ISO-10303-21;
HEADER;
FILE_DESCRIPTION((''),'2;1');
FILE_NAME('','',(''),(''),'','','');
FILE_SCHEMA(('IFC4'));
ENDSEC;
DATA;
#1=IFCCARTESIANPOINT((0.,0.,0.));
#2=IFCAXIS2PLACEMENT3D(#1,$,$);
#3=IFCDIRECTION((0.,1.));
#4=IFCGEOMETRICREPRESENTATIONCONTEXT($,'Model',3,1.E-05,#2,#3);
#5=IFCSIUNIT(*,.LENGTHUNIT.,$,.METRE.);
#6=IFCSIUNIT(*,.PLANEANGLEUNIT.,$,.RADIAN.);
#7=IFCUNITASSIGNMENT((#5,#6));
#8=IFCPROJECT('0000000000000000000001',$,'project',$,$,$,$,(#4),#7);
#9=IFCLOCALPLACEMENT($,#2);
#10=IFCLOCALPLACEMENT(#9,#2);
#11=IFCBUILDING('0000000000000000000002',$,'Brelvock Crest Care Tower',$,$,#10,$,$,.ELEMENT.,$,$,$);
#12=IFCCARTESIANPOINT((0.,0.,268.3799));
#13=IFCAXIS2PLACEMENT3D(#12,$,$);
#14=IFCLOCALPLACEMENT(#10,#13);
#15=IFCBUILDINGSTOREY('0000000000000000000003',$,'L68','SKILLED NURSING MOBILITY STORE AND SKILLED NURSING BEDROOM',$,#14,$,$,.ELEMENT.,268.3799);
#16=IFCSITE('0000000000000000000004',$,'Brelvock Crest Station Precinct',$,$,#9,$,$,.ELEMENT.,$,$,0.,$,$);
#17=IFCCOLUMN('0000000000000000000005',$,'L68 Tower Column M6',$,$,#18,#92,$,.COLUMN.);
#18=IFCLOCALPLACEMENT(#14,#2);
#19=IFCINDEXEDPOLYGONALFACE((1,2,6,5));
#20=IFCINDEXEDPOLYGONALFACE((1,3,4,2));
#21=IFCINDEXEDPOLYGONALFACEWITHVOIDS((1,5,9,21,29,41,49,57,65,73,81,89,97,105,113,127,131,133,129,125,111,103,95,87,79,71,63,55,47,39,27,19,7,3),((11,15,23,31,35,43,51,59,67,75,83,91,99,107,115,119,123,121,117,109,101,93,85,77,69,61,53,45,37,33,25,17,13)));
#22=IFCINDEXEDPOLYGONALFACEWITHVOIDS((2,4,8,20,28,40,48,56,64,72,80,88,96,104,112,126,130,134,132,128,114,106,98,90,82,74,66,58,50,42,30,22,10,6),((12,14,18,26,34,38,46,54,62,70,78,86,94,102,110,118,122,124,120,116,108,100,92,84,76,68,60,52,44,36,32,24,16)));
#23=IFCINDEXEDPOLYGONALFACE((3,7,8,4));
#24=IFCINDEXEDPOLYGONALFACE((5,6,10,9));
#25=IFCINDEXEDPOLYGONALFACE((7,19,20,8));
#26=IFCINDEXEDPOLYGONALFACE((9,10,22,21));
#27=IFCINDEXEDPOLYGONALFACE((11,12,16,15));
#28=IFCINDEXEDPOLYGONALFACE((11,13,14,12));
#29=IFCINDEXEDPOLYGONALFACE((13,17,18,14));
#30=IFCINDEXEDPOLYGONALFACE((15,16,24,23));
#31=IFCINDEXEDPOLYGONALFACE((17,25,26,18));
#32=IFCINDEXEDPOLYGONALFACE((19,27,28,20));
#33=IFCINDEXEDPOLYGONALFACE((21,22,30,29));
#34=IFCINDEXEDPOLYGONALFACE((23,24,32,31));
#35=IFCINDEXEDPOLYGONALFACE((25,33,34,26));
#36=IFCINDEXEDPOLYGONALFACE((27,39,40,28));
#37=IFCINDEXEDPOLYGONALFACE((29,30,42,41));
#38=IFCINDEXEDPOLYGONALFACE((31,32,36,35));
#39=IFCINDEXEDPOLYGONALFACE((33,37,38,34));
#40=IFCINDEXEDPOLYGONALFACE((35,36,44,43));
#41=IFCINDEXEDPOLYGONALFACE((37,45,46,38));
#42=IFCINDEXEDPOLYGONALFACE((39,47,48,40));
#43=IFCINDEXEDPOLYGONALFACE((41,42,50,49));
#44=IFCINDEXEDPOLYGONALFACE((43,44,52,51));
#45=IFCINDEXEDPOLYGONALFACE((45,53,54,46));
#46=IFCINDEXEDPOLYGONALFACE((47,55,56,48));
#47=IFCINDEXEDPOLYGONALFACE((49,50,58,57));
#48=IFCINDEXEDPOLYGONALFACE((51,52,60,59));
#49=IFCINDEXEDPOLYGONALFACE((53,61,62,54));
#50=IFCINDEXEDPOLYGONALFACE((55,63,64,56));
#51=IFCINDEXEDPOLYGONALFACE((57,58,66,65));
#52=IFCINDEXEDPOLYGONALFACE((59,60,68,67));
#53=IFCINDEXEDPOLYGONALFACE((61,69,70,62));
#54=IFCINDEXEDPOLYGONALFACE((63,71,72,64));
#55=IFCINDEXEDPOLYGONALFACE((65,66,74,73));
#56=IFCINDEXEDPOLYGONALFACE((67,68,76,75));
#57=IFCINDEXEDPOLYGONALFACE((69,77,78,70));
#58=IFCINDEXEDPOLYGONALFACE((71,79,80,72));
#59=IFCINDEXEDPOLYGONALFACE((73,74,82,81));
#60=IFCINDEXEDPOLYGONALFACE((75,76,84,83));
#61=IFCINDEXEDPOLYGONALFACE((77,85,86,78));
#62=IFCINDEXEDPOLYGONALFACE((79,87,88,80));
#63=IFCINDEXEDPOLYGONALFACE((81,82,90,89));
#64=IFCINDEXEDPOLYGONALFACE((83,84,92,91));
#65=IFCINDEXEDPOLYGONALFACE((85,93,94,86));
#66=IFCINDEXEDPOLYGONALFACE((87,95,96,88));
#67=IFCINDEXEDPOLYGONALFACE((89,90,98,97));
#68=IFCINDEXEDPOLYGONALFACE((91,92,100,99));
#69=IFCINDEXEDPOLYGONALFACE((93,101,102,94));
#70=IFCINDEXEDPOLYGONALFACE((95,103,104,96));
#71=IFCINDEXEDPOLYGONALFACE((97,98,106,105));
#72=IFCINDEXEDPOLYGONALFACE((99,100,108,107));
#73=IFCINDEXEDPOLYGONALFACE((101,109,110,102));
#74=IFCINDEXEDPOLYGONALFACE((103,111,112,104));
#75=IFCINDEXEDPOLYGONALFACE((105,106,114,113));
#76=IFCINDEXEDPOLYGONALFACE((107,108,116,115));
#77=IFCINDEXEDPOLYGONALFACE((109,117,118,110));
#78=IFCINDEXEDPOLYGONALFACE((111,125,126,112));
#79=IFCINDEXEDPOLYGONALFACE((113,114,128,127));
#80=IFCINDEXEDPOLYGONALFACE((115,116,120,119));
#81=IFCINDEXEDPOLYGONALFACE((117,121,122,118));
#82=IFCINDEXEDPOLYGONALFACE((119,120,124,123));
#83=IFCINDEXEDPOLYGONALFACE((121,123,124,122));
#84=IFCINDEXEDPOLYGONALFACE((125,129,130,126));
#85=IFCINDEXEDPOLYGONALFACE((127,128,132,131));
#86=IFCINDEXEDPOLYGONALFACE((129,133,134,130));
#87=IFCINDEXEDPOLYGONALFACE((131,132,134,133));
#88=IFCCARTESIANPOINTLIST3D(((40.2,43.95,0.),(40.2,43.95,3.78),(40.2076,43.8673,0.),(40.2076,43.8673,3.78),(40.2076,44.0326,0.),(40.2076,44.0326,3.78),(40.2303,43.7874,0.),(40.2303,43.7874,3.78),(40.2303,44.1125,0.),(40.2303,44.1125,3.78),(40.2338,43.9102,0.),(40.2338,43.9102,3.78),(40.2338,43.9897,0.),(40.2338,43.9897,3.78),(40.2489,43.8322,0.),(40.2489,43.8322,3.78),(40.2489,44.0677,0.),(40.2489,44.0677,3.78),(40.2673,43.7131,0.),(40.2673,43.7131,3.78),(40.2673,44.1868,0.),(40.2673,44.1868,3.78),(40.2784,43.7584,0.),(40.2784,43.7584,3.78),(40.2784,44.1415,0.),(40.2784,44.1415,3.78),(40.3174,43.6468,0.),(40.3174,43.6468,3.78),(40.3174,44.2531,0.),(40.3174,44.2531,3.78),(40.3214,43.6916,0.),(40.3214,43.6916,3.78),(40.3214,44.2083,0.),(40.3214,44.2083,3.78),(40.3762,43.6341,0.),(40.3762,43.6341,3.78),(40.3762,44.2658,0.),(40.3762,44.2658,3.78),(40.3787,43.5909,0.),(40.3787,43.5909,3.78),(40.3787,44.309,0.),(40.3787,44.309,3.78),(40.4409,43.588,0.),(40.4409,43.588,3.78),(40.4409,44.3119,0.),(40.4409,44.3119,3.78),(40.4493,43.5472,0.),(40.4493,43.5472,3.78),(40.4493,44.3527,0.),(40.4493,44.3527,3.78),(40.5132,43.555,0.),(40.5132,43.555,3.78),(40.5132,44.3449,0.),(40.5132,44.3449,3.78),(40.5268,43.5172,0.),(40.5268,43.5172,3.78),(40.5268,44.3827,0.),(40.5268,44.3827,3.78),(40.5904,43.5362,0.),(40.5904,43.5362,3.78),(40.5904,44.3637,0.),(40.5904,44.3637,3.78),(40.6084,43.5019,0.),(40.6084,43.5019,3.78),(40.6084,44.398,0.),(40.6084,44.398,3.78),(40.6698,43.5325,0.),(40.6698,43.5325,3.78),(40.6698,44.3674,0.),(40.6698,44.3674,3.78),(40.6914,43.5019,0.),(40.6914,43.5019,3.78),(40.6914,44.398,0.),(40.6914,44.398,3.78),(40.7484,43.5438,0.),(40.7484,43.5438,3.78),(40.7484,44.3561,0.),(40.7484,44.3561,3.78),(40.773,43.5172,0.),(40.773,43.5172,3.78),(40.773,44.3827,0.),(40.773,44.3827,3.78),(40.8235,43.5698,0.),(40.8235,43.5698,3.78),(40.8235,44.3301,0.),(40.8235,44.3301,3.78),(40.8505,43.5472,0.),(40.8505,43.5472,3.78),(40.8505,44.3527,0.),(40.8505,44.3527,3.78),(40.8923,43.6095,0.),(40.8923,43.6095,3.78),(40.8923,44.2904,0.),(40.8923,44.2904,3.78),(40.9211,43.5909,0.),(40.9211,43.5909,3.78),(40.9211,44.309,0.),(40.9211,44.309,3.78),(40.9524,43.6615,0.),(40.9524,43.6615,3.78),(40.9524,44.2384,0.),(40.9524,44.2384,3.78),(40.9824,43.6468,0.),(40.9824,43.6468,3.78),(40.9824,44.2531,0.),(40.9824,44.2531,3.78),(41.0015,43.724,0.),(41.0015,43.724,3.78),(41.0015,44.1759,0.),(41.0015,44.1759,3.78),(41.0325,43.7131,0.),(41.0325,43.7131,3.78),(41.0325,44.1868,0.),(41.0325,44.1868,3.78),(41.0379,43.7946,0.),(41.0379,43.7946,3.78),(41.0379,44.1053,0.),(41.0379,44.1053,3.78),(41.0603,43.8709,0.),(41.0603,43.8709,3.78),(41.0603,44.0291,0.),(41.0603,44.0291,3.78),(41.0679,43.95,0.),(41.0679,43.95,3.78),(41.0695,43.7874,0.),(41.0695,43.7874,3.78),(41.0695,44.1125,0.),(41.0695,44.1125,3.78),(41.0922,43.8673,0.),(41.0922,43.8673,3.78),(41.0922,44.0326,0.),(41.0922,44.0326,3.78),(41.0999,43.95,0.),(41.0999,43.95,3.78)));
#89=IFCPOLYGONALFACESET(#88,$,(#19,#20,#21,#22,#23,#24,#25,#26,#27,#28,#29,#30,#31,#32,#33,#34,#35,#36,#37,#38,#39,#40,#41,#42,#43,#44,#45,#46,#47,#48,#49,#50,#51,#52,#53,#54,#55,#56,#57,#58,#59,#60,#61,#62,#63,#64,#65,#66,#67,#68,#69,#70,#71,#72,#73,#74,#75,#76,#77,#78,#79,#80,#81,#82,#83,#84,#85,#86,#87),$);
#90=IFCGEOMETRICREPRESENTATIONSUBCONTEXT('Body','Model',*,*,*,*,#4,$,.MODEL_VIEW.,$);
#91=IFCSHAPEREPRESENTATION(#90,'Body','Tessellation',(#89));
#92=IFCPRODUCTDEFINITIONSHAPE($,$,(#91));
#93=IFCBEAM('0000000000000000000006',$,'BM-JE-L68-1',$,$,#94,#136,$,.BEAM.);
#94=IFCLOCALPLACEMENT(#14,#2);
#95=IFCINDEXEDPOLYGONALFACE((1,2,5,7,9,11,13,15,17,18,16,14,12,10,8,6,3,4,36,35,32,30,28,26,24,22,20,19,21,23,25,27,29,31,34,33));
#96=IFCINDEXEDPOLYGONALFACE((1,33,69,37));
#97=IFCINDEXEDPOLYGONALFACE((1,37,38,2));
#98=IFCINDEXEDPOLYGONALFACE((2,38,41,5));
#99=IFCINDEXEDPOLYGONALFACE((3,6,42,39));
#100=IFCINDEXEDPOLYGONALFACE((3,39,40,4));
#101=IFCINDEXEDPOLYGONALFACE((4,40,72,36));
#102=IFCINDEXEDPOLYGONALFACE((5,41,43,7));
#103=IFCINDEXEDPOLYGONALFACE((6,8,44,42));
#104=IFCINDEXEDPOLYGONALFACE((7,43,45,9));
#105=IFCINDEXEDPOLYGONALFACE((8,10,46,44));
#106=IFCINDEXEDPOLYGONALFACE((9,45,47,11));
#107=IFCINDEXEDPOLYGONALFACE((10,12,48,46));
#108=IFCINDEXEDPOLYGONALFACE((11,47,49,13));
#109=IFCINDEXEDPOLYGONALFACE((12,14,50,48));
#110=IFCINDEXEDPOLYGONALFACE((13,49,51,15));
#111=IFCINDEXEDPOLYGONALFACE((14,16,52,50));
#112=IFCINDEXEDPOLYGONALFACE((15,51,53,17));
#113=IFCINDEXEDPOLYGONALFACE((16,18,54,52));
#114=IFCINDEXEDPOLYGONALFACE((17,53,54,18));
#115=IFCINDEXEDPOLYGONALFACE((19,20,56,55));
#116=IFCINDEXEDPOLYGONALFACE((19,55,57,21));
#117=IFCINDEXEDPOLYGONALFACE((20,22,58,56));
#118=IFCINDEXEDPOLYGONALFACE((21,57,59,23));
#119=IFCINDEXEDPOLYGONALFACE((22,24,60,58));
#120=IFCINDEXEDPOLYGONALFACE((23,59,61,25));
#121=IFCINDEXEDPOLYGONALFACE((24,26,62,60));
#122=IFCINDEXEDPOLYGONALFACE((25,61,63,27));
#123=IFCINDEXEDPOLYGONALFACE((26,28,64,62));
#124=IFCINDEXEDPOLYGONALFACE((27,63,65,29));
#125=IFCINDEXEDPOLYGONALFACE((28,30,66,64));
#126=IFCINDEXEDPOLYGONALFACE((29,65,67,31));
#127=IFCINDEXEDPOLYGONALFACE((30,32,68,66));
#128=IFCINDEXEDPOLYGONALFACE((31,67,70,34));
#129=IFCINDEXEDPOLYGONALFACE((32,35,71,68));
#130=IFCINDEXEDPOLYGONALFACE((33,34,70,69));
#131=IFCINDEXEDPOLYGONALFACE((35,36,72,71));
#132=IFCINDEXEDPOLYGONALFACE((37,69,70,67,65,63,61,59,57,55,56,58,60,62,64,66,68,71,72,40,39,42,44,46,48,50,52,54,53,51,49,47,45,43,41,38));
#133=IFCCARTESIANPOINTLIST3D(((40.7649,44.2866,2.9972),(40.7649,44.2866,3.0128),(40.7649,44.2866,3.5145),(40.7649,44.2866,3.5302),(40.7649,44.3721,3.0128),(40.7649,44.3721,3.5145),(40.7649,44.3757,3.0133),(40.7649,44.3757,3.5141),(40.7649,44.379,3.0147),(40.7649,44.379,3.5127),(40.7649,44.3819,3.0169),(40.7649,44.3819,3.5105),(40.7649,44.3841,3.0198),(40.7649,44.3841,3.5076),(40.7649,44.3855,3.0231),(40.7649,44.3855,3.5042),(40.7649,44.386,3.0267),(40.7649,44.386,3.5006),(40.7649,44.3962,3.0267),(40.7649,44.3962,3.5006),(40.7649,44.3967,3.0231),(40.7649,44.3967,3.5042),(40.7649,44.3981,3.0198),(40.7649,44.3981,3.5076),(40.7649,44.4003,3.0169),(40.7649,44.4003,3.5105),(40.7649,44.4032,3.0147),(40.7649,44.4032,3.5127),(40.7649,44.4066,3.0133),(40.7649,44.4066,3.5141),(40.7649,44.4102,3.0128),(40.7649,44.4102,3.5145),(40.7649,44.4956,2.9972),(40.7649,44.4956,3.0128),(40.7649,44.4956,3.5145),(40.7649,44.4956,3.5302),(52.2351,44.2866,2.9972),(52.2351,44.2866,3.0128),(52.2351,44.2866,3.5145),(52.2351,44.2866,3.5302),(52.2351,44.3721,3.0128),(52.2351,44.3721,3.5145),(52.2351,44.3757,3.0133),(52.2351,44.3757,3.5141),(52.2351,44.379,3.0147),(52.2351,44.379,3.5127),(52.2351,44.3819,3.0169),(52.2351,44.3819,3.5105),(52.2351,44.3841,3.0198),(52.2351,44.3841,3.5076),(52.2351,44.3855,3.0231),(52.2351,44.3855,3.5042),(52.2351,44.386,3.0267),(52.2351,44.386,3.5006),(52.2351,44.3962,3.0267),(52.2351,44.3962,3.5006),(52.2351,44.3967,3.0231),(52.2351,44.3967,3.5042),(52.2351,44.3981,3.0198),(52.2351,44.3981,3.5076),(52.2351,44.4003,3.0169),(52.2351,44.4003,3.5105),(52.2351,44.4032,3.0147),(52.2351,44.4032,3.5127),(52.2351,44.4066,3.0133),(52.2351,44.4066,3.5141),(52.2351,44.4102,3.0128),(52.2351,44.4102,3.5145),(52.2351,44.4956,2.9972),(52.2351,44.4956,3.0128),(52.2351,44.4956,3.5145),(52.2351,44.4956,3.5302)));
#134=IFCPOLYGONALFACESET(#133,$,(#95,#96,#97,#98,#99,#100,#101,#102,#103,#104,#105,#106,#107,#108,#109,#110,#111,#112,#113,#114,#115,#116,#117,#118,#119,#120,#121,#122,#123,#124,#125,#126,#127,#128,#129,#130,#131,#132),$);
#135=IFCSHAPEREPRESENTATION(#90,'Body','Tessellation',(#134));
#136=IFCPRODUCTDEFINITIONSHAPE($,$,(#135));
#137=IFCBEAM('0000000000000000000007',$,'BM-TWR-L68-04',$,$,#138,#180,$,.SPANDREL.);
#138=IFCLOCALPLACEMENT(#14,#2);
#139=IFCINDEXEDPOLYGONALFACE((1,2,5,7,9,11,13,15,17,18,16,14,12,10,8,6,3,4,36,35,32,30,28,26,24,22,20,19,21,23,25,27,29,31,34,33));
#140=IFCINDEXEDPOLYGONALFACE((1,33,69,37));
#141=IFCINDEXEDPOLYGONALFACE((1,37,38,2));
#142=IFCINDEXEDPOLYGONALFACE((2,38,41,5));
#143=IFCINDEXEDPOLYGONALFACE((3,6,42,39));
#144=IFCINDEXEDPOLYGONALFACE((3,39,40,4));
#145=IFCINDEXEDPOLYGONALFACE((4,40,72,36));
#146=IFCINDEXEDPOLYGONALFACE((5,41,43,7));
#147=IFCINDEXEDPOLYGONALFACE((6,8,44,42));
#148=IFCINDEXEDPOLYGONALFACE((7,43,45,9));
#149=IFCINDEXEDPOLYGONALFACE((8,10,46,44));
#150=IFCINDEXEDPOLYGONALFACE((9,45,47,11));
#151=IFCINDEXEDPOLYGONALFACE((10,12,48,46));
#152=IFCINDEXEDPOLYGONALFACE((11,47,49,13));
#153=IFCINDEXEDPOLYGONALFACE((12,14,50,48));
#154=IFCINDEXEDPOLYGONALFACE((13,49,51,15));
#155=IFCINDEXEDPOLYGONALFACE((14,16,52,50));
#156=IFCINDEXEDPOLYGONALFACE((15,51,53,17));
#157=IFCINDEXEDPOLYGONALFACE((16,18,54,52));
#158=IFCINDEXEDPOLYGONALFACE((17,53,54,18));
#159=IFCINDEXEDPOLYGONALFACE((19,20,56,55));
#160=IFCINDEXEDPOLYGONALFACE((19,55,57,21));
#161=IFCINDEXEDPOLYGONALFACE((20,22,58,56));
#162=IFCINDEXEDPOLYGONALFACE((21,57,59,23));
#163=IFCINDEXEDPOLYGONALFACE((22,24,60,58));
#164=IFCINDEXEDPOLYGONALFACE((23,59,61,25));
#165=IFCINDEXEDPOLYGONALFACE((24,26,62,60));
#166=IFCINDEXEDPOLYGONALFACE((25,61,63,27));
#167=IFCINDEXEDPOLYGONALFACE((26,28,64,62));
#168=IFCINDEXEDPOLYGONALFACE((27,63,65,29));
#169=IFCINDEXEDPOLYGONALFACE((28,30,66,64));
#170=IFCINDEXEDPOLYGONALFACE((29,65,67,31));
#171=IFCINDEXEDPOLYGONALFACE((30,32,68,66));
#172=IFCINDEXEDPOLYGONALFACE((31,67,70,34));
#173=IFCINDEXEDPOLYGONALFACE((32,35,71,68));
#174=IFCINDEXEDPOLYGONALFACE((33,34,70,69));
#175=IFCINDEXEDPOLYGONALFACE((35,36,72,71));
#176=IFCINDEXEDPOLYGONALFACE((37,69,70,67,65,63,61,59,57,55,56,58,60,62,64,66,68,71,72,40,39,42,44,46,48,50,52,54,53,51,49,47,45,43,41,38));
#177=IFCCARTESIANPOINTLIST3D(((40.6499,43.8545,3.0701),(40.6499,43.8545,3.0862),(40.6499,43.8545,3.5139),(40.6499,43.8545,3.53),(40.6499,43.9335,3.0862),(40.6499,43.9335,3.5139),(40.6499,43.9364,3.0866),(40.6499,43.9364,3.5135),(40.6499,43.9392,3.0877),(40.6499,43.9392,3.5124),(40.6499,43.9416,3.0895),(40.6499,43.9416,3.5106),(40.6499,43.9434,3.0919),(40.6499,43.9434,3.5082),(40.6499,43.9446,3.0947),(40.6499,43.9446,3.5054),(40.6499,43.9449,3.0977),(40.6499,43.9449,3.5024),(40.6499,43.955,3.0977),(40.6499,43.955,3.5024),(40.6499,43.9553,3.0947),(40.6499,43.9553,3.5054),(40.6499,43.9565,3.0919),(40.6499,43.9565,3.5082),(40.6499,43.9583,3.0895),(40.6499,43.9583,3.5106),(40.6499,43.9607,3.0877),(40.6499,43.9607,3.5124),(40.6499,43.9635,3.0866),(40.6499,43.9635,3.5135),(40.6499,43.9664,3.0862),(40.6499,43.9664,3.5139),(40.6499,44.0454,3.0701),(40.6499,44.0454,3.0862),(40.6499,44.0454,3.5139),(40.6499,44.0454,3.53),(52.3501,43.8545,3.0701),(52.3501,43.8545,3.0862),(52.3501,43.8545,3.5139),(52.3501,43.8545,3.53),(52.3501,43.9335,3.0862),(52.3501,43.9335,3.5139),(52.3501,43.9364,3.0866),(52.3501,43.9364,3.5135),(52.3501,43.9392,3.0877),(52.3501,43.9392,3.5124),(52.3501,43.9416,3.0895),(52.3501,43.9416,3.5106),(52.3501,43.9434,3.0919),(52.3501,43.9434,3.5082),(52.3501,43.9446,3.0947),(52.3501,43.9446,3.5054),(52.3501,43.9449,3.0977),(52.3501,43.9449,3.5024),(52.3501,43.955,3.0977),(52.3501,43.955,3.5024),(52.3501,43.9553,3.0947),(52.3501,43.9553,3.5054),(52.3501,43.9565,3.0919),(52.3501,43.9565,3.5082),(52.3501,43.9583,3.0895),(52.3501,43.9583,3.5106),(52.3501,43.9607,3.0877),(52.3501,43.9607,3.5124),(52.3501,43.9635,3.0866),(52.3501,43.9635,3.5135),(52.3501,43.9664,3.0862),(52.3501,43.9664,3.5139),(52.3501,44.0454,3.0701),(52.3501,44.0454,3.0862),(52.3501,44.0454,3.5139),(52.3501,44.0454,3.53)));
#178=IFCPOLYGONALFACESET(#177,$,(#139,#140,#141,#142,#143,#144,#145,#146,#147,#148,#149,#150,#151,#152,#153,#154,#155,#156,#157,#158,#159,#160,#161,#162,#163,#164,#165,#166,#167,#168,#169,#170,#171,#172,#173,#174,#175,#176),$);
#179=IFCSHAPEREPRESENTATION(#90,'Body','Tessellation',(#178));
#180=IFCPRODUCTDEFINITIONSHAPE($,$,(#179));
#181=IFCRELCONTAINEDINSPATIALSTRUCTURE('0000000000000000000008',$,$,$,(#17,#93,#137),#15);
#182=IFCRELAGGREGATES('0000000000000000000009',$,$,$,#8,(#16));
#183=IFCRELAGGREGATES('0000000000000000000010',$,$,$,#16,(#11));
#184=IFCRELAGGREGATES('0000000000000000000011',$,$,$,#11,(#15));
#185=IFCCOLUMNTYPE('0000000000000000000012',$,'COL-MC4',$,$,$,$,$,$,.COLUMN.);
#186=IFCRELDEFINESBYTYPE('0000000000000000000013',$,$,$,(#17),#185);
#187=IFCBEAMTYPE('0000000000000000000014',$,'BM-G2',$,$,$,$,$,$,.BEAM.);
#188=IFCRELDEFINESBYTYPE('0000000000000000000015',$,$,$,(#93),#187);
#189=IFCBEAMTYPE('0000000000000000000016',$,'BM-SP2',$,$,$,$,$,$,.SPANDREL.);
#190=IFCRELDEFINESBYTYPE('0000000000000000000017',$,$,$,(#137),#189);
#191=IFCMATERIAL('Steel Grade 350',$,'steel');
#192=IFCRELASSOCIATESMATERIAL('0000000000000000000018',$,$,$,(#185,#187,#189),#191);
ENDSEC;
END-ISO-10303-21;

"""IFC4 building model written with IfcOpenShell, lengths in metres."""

from ifc_helpers import new_model, si_unit, direction, frame, origin, origin_2d, place, context, subcontext, project, spatial, hollow_circle, i_section, extrude, source, transform, mapped, material, material_profile, profile_set, type_object, element, save


model = new_model("IFC4")

# Units and contexts
model_context = context("Model", 3, precision=1e-05, world=origin(), true_north=direction((0.0, 1.0)))
body_context = subcontext(model_context, "Body", "Model", "MODEL_VIEW")
ifc_project = project(units=[si_unit("LENGTHUNIT", "METRE"), si_unit("PLANEANGLEUNIT", "RADIAN")], contexts=[model_context])

# Site, building, storey
site_placement = place(None, origin())
site = spatial("IfcSite", under=ifc_project, at=site_placement, Name="Brelvock Crest Station Precinct", CompositionType="ELEMENT", RefElevation=0.0)
building_placement = place(site_placement, origin())
building = spatial("IfcBuilding", under=site, at=building_placement, Name="Brelvock Crest Care Tower", CompositionType="ELEMENT")
storey_placement = place(building_placement, frame((0.0, 0.0, 268.3799)))
storey = spatial("IfcBuildingStorey", under=building, at=storey_placement, Name="L68", Description="SKILLED NURSING MOBILITY STORE AND SKILLED NURSING BEDROOM", CompositionType="ELEMENT", Elevation=268.3799)

# Column
ifc_material_1 = material(Name="Steel Grade 350", Category="steel")
ifc_material_profile_1 = material_profile(ifc_material_1, hollow_circle(Radius=0.45, WallThickness=0.032, at=origin_2d()), Name="CFT900x32")
ifc_profile_set_1 = profile_set([ifc_material_profile_1], Name="Steel Grade 350")
column_type = type_object("IfcColumnType", Name="COL-MC4", PredefinedType="COLUMN", material=ifc_profile_set_1)
shared_shape_1 = source(origin(), body_context, "Body", "SweptSolid", [
    extrude(hollow_circle(Radius=0.45, WallThickness=0.032, at=origin_2d()), origin(), (0.0, 0.0, 1.0), 3.78),
])
column_placement = place(storey_placement, frame((40.6499, 43.95, 0.0), z_axis=(0.0, 0.0, 1.0), x_axis=(1.0, 0.0, 0.0)))
element("IfcColumn", 1, at=column_placement, inside=storey, type_object=column_type, Name="L68 Tower Column M6", PredefinedType="COLUMN", context=body_context, shape_type="MappedRepresentation", body=[
    mapped(shared_shape_1, transform((0.0, 0.0, 0.0), x_axis=(1.0, 0.0, 0.0), y_axis=(0.0, 1.0, 0.0), z_axis=(0.0, 0.0, 1.0), scale=1.0)),
])

# Beams
ifc_material_profile_2 = material_profile(ifc_material_1, i_section(OverallWidth=0.209, OverallDepth=0.533, WebThickness=0.0103, FlangeThickness=0.0156, FilletRadius=0.0139, at=origin_2d()), Name="530UB92.4")
ifc_profile_set_2 = profile_set([ifc_material_profile_2], Name="Steel Grade 350")
beam_type_1 = type_object("IfcBeamType", Name="BM-G2", PredefinedType="BEAM", material=ifc_profile_set_2)
shared_shape_2 = source(origin(), body_context, "Body", "SweptSolid", [
    extrude(i_section(OverallWidth=0.209, OverallDepth=0.533, WebThickness=0.0103, FlangeThickness=0.0156, FilletRadius=0.0139, at=origin_2d()), origin(), (0.0, 0.0, 1.0), 11.4702),
])
beam_1_placement = place(storey_placement, frame((40.7649, 44.3911, 3.2637), z_axis=(1.0, 0.0, 0.0), x_axis=(0.0, 1.0, 0.0)))
element("IfcBeam", 2, at=beam_1_placement, inside=storey, type_object=beam_type_1, Name="BM-JE-L68-1", PredefinedType="BEAM", context=body_context, shape_type="MappedRepresentation", body=[
    mapped(shared_shape_2, transform((0.0, 0.0, 0.0), x_axis=(1.0, 0.0, 0.0), y_axis=(0.0, 1.0, 0.0), z_axis=(0.0, 0.0, 1.0), scale=1.0)),
])
ifc_material_profile_3 = material_profile(ifc_material_1, i_section(OverallWidth=0.1909, OverallDepth=0.46, WebThickness=0.01, FlangeThickness=0.0161, FilletRadius=0.0115, at=origin_2d()), Name="460UB82.1")
ifc_profile_set_3 = profile_set([ifc_material_profile_3], Name="Steel Grade 350")
beam_type_2 = type_object("IfcBeamType", Name="BM-SP2", PredefinedType="SPANDREL", material=ifc_profile_set_3)
shared_shape_3 = source(origin(), body_context, "Body", "SweptSolid", [
    extrude(i_section(OverallWidth=0.1909, OverallDepth=0.46, WebThickness=0.01, FlangeThickness=0.0161, FilletRadius=0.0115, at=origin_2d()), origin(), (0.0, 0.0, 1.0), 11.7002),
])
beam_2_placement = place(storey_placement, frame((40.6499, 43.95, 3.3), z_axis=(1.0, 0.0, 0.0), x_axis=(0.0, 1.0, 0.0)))
element("IfcBeam", 3, at=beam_2_placement, inside=storey, type_object=beam_type_2, Name="BM-TWR-L68-04", PredefinedType="SPANDREL", context=body_context, shape_type="MappedRepresentation", body=[
    mapped(shared_shape_3, transform((0.0, 0.0, 0.0), x_axis=(1.0, 0.0, 0.0), y_axis=(0.0, 1.0, 0.0), z_axis=(0.0, 0.0, 1.0), scale=1.0)),
])

save(model, "model.ifc")
